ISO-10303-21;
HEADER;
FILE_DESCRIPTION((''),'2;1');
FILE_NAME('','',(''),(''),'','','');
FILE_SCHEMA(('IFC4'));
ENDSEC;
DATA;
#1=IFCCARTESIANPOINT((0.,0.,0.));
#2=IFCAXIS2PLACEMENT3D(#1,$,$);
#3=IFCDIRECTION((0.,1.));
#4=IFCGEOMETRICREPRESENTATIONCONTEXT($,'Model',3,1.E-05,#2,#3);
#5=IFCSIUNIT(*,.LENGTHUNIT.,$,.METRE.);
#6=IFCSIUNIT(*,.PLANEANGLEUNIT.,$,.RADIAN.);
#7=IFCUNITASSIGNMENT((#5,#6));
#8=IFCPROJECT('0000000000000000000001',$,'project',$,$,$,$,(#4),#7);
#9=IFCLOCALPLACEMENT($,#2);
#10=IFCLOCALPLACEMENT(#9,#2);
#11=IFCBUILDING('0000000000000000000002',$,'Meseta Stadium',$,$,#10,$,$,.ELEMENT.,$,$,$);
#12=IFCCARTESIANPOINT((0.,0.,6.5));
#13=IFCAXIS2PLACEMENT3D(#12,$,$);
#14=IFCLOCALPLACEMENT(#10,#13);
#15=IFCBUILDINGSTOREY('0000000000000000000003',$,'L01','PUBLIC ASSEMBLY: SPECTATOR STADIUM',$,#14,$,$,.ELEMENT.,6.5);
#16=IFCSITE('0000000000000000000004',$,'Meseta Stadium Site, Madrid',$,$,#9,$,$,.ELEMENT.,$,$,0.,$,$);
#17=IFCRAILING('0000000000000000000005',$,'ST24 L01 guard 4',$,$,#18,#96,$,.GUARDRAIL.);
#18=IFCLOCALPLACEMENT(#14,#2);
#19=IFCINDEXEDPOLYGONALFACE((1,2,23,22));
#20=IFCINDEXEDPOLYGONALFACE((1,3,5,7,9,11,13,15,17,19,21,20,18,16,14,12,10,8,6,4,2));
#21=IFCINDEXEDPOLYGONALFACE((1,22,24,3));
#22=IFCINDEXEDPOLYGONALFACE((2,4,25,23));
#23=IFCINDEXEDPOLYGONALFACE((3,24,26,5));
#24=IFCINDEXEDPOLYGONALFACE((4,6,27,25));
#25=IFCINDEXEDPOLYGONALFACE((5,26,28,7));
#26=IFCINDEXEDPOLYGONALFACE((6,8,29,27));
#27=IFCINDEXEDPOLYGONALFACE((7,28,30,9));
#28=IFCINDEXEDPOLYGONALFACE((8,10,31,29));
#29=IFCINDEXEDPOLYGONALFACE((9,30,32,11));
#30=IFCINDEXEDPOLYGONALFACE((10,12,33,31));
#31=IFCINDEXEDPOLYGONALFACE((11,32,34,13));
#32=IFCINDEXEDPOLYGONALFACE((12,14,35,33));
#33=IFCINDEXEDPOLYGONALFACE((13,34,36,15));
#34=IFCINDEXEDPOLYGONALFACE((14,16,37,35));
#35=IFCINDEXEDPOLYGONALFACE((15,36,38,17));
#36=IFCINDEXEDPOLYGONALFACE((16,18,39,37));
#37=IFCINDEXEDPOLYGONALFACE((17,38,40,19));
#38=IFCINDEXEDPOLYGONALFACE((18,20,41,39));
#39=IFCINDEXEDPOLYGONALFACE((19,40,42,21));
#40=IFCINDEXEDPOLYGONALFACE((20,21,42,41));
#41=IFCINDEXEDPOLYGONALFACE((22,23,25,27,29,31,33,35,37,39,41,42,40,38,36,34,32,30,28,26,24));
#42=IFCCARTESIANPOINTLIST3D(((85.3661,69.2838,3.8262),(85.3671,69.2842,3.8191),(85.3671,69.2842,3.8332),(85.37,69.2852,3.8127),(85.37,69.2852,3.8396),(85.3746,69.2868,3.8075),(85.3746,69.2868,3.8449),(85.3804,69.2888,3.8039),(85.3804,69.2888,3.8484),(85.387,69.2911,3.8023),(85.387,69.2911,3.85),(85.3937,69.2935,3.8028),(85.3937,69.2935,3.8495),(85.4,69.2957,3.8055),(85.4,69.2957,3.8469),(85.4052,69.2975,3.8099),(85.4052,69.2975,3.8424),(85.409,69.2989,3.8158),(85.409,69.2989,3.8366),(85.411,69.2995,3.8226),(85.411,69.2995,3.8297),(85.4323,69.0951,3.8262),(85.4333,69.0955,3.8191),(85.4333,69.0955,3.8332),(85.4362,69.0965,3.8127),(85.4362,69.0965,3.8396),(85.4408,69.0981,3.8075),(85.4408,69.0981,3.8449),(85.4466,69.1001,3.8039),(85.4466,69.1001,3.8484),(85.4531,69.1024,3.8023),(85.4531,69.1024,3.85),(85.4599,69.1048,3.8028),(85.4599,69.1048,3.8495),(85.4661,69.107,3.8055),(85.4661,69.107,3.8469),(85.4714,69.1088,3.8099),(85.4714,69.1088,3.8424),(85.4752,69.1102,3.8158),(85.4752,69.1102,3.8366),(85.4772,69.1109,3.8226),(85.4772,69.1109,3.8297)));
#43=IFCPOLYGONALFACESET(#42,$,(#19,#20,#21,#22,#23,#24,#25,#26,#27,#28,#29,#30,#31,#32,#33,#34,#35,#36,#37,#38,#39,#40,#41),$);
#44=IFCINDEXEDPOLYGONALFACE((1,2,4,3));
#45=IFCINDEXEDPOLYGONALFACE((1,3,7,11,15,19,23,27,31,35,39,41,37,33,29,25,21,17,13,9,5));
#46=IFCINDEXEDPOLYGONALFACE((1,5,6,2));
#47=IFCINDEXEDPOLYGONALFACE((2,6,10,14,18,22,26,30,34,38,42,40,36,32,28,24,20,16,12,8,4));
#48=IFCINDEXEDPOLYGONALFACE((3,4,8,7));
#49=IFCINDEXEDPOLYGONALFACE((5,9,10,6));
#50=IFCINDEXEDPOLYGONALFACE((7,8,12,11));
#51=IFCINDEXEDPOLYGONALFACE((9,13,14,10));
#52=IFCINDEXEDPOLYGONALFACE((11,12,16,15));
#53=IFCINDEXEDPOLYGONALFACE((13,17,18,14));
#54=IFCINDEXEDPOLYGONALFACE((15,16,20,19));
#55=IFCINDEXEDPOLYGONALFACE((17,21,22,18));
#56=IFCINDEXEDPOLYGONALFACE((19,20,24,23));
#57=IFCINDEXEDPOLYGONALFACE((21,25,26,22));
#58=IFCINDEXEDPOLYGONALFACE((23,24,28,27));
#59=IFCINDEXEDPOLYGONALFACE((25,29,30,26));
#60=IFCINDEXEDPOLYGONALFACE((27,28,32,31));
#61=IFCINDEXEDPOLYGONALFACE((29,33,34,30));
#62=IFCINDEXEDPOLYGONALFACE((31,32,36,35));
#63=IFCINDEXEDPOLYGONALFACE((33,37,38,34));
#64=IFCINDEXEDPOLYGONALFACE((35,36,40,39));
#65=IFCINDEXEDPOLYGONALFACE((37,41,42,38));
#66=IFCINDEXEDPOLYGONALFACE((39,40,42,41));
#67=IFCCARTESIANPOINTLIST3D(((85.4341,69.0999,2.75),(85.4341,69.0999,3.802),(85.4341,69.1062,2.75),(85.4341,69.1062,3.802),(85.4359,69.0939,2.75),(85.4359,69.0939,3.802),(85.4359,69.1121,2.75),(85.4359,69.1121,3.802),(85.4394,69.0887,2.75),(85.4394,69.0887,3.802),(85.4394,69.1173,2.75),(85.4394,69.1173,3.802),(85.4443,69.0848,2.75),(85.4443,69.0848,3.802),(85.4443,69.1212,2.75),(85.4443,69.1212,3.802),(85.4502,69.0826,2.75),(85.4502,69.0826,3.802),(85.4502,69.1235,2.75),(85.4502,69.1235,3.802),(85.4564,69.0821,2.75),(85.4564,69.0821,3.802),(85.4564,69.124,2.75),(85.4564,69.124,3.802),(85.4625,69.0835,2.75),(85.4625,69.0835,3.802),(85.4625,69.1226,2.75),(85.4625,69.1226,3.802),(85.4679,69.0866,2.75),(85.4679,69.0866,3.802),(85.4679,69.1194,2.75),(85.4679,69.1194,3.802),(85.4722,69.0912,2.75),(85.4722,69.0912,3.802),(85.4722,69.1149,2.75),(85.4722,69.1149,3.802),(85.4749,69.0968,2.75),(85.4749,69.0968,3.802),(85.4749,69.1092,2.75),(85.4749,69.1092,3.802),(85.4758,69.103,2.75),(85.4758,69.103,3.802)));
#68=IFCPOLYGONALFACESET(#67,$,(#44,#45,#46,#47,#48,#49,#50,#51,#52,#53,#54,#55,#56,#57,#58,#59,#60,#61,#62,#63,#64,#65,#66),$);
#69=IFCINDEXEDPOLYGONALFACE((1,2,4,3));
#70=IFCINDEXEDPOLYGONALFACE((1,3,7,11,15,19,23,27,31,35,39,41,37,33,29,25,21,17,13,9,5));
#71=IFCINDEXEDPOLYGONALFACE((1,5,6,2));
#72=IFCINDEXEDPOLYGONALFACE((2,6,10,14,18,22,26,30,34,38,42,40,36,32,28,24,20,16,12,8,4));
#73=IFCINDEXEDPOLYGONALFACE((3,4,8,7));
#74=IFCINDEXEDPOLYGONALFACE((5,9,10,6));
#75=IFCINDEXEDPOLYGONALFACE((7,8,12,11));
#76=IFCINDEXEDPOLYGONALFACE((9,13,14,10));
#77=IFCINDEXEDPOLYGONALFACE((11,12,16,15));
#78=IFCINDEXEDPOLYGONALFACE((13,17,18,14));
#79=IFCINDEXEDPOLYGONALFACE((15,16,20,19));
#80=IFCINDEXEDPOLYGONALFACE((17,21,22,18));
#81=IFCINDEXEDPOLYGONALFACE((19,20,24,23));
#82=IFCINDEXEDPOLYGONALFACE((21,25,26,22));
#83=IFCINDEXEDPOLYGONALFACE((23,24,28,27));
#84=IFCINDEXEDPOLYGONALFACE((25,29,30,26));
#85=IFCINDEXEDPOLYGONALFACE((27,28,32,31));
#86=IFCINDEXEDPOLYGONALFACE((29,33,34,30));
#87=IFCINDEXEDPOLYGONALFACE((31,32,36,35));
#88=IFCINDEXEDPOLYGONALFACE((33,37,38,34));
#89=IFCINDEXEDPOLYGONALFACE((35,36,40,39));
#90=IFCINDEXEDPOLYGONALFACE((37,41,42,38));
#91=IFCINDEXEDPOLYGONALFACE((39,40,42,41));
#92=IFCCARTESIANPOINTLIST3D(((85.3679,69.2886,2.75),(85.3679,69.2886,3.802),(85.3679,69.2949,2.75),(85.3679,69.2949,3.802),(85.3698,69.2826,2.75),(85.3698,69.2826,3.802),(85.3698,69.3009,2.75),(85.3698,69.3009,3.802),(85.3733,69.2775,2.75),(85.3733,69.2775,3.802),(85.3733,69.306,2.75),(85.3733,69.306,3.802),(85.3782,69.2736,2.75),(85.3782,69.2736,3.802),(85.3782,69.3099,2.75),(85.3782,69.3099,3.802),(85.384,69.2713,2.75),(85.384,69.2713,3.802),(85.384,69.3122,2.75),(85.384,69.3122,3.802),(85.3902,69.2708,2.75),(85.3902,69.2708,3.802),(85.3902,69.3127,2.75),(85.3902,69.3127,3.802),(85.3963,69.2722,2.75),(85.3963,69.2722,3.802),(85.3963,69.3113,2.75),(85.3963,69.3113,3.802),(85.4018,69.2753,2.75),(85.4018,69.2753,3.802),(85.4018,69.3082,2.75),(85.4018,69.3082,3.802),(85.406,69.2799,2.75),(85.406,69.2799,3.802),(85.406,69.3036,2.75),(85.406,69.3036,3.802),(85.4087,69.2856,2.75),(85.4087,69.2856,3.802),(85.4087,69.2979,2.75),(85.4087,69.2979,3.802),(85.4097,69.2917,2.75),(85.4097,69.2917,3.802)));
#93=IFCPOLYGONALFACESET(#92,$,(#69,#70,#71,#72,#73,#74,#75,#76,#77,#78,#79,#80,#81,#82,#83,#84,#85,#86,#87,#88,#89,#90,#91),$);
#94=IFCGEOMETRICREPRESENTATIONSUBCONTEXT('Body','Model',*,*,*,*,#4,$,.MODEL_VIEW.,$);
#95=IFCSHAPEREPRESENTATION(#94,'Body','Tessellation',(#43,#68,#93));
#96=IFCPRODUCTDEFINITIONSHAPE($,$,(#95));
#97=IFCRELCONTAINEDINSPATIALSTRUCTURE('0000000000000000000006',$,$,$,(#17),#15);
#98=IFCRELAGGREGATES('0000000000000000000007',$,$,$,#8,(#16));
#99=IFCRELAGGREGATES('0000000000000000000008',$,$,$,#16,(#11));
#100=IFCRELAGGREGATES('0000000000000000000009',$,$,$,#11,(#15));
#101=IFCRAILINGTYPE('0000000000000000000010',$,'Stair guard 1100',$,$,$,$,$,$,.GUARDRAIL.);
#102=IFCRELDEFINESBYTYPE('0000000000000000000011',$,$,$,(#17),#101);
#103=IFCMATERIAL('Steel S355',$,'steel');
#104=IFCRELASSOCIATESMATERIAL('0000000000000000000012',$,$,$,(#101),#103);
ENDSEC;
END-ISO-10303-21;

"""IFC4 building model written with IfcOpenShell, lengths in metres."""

from ifc_helpers import new_model, si_unit, direction, frame, origin, origin_2d, place, context, subcontext, project, spatial, circle, extrude, material, type_object, element, save


model = new_model("IFC4")

# Units and contexts
model_context = context("Model", 3, precision=1e-05, world=origin(), true_north=direction((0.0, 1.0)))
body_context = subcontext(model_context, "Body", "Model", "MODEL_VIEW")
ifc_project = project(units=[si_unit("LENGTHUNIT", "METRE"), si_unit("PLANEANGLEUNIT", "RADIAN")], contexts=[model_context])

# Site, building, storey
site_placement = place(None, origin())
site = spatial("IfcSite", under=ifc_project, at=site_placement, Name="Meseta Stadium Site, Madrid", CompositionType="ELEMENT", RefElevation=0.0)
building_placement = place(site_placement, origin())
building = spatial("IfcBuilding", under=site, at=building_placement, Name="Meseta Stadium", CompositionType="ELEMENT")
storey_placement = place(building_placement, frame((0.0, 0.0, 6.5)))
storey = spatial("IfcBuildingStorey", under=building, at=storey_placement, Name="L01", Description="PUBLIC ASSEMBLY: SPECTATOR STADIUM", CompositionType="ELEMENT", Elevation=6.5)

# Railing
ifc_material_1 = material(Name="Steel S355", Category="steel")
railing_type_1 = type_object("IfcRailingType", Name="Stair guard 1100", PredefinedType="GUARDRAIL", material=ifc_material_1)
railing_1_placement = place(storey_placement, frame((85.4548, 69.103, 2.75)))
element("IfcRailing", 1, at=railing_1_placement, inside=storey, type_object=railing_type_1, Name="ST24 L01 guard 4", PredefinedType="GUARDRAIL", context=body_context, shape_type="SweptSolid", body=[
    extrude(circle(Radius=0.0239, at=origin_2d()), frame((0.0, 0.0, 1.0762), z_axis=(-0.33084, 0.943687, 0.0), x_axis=(-0.943687, -0.33084, 0.0)), (0.0, 0.0, 1.0), 0.2),
    extrude(circle(Radius=0.021, at=origin_2d()), origin(), (0.0, 0.0, 1.0), 1.052),
    extrude(circle(Radius=0.021, at=origin_2d()), frame((-0.0662, 0.1887, 0.0)), (0.0, 0.0, 1.0), 1.052),
])

save(model, "model.ifc")
